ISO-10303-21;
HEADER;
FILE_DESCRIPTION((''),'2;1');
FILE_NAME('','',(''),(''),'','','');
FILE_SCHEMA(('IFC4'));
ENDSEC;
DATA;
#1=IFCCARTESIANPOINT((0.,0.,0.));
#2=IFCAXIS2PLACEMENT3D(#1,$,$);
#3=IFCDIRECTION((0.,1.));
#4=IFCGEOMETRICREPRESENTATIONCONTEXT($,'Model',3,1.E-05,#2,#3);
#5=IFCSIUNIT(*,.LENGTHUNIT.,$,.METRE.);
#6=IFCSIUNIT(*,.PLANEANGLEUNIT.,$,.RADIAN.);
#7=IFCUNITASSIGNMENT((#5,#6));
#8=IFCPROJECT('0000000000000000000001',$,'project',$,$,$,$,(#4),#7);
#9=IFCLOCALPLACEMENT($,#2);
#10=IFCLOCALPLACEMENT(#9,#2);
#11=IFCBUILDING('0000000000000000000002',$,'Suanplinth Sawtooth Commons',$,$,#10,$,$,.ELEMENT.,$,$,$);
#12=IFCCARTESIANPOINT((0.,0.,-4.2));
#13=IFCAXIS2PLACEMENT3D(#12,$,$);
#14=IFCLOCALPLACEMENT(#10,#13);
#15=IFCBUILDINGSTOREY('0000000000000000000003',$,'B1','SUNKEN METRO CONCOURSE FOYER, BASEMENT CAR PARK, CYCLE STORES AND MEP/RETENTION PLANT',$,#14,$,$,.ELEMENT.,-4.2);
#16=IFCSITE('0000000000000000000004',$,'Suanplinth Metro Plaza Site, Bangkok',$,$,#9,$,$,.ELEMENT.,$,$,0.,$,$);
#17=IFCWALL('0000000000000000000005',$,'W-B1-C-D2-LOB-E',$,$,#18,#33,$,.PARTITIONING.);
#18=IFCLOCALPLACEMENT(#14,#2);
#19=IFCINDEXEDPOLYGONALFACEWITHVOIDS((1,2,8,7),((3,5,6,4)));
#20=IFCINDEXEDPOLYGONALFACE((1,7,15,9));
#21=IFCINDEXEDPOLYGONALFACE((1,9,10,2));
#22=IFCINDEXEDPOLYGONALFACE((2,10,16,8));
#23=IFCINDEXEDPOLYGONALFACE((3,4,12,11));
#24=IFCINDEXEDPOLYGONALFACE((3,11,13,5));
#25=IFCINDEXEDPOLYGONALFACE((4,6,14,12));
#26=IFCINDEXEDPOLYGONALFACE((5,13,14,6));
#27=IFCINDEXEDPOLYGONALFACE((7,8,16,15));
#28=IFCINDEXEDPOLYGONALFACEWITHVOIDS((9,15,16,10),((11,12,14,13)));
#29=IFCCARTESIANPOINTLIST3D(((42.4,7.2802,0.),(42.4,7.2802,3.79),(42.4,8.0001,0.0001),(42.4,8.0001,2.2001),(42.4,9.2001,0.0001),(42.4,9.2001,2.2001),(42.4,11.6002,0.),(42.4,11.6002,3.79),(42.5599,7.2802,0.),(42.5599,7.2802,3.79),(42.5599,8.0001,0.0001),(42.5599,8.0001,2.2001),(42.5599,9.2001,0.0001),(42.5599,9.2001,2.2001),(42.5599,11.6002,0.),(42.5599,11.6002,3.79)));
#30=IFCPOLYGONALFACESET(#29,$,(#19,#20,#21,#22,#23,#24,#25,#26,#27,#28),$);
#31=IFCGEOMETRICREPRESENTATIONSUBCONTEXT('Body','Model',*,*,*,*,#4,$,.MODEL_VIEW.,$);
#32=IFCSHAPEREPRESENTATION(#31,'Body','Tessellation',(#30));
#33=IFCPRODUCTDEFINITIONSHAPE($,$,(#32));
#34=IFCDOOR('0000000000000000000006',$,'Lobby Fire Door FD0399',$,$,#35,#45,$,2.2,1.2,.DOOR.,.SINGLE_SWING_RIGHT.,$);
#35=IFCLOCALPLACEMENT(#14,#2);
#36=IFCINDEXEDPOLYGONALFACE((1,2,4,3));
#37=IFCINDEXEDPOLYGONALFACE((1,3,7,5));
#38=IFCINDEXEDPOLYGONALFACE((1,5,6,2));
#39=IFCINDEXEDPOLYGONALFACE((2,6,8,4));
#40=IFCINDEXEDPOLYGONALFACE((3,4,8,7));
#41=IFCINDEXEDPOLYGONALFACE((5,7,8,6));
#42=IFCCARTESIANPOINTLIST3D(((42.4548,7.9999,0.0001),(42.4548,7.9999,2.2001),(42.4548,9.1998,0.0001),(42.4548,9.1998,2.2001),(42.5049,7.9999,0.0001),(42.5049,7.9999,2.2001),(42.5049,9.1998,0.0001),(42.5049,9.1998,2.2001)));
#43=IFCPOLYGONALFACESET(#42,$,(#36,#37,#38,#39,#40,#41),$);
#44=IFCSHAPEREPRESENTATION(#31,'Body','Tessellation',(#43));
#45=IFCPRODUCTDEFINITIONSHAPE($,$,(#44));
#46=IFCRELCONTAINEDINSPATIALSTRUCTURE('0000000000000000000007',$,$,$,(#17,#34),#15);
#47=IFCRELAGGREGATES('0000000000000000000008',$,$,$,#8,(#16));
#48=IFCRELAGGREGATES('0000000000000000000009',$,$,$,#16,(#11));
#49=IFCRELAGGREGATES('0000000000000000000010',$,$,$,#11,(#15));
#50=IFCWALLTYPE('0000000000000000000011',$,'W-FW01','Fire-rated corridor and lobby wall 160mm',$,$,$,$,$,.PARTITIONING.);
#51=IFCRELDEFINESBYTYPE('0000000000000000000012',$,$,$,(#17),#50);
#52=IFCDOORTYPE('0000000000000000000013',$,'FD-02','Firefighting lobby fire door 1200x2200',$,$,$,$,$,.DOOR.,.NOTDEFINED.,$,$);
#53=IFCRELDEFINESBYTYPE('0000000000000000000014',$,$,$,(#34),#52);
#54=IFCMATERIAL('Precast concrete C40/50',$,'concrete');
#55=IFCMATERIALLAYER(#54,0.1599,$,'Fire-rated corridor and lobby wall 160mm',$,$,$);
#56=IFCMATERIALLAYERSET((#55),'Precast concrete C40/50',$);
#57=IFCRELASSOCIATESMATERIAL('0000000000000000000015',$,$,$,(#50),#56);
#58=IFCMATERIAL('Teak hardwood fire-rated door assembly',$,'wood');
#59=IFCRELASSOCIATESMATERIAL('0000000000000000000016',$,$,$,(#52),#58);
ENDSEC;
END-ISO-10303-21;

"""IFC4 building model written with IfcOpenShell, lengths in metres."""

from ifc_helpers import new_model, si_unit, direction, frame, frame_2d, origin, place, context, subcontext, project, spatial, rectangle, extrude, material, layer, layer_set, type_object, element, fill, save


model = new_model("IFC4")

# Units and contexts
model_context = context("Model", 3, precision=1e-05, world=origin(), true_north=direction((0.0, 1.0)))
body_context = subcontext(model_context, "Body", "Model", "MODEL_VIEW")
ifc_project = project(units=[si_unit("LENGTHUNIT", "METRE"), si_unit("PLANEANGLEUNIT", "RADIAN")], contexts=[model_context])

# Site, building, storey
site_placement = place(None, origin())
site = spatial("IfcSite", under=ifc_project, at=site_placement, Name="Suanplinth Metro Plaza Site, Bangkok", CompositionType="ELEMENT", RefElevation=0.0)
building_placement = place(site_placement, origin())
building = spatial("IfcBuilding", under=site, at=building_placement, Name="Suanplinth Sawtooth Commons", CompositionType="ELEMENT")
storey_placement = place(building_placement, frame((0.0, 0.0, -4.2)))
storey = spatial("IfcBuildingStorey", under=building, at=storey_placement, Name="B1", Description="SUNKEN METRO CONCOURSE FOYER, BASEMENT CAR PARK, CYCLE STORES AND MEP/RETENTION PLANT", CompositionType="ELEMENT", Elevation=-4.2)

# Wall, opening, door
ifc_material_1 = material(Name="Precast concrete C40/50", Category="concrete")
ifc_layer = layer(ifc_material_1, 0.1599, Name="Fire-rated corridor and lobby wall 160mm")
ifc_layer_set = layer_set([ifc_layer], Name="Precast concrete C40/50")
wall_type = type_object("IfcWallType", Name="W-FW01", Description="Fire-rated corridor and lobby wall 160mm", PredefinedType="PARTITIONING", material=ifc_layer_set)
wall_placement = place(storey_placement, frame((42.48, 7.28, 0.0), z_axis=(0.0, 0.0, 1.0), x_axis=(0.0, 1.0, 0.0)))
wall = element("IfcWall", 1, at=wall_placement, inside=storey, type_object=wall_type, Name="W-B1-C-D2-LOB-E", PredefinedType="PARTITIONING", context=body_context, shape_type="SweptSolid", body=[
    extrude(rectangle(XDim=4.3201, YDim=0.1599, at=frame_2d((2.1602, 0.0))), origin(), (0.0, 0.0, 1.0), 3.79),
])
opening_placement = place(wall_placement, frame((0.72, 0.0, 0.0)))
opening = element("IfcOpeningElement", 2, at=opening_placement, cuts=wall, PredefinedType="OPENING", context=body_context, shape_type="SweptSolid", body=[
    extrude(rectangle(XDim=1.2, YDim=2.2, at=frame_2d((0.6001, 1.1001))), frame((0.0, 0.0947, 0.0), z_axis=(0.0, -1.0, 0.0), x_axis=(1.0, 0.0, 0.0)), (0.0, 0.0, 1.0), 0.1897),
])
ifc_material_2 = material(Name="Teak hardwood fire-rated door assembly", Category="wood")
door_type = type_object("IfcDoorType", Name="FD-02", Description="Firefighting lobby fire door 1200x2200", OperationType="NOTDEFINED", PredefinedType="DOOR", material=ifc_material_2)
door_placement = place(opening_placement, frame((1.2, 0.0, 0.0), z_axis=(0.0, 0.0, 1.0), x_axis=(-1.0, 0.0, 0.0)))
door = element("IfcDoor", 3, at=door_placement, inside=storey, type_object=door_type, Name="Lobby Fire Door FD0399", OperationType="SINGLE_SWING_RIGHT", OverallHeight=2.2, OverallWidth=1.2, PredefinedType="DOOR", context=body_context, shape_type="SweptSolid", body=[
    extrude(rectangle(XDim=1.2, YDim=2.2, at=frame_2d((0.6001, 1.1001))), frame((0.0, 0.0249, 0.0), z_axis=(0.0, -1.0, 0.0), x_axis=(1.0, 0.0, 0.0)), (0.0, 0.0, 1.0), 0.05),
])
fill(opening, door)

save(model, "model.ifc")
